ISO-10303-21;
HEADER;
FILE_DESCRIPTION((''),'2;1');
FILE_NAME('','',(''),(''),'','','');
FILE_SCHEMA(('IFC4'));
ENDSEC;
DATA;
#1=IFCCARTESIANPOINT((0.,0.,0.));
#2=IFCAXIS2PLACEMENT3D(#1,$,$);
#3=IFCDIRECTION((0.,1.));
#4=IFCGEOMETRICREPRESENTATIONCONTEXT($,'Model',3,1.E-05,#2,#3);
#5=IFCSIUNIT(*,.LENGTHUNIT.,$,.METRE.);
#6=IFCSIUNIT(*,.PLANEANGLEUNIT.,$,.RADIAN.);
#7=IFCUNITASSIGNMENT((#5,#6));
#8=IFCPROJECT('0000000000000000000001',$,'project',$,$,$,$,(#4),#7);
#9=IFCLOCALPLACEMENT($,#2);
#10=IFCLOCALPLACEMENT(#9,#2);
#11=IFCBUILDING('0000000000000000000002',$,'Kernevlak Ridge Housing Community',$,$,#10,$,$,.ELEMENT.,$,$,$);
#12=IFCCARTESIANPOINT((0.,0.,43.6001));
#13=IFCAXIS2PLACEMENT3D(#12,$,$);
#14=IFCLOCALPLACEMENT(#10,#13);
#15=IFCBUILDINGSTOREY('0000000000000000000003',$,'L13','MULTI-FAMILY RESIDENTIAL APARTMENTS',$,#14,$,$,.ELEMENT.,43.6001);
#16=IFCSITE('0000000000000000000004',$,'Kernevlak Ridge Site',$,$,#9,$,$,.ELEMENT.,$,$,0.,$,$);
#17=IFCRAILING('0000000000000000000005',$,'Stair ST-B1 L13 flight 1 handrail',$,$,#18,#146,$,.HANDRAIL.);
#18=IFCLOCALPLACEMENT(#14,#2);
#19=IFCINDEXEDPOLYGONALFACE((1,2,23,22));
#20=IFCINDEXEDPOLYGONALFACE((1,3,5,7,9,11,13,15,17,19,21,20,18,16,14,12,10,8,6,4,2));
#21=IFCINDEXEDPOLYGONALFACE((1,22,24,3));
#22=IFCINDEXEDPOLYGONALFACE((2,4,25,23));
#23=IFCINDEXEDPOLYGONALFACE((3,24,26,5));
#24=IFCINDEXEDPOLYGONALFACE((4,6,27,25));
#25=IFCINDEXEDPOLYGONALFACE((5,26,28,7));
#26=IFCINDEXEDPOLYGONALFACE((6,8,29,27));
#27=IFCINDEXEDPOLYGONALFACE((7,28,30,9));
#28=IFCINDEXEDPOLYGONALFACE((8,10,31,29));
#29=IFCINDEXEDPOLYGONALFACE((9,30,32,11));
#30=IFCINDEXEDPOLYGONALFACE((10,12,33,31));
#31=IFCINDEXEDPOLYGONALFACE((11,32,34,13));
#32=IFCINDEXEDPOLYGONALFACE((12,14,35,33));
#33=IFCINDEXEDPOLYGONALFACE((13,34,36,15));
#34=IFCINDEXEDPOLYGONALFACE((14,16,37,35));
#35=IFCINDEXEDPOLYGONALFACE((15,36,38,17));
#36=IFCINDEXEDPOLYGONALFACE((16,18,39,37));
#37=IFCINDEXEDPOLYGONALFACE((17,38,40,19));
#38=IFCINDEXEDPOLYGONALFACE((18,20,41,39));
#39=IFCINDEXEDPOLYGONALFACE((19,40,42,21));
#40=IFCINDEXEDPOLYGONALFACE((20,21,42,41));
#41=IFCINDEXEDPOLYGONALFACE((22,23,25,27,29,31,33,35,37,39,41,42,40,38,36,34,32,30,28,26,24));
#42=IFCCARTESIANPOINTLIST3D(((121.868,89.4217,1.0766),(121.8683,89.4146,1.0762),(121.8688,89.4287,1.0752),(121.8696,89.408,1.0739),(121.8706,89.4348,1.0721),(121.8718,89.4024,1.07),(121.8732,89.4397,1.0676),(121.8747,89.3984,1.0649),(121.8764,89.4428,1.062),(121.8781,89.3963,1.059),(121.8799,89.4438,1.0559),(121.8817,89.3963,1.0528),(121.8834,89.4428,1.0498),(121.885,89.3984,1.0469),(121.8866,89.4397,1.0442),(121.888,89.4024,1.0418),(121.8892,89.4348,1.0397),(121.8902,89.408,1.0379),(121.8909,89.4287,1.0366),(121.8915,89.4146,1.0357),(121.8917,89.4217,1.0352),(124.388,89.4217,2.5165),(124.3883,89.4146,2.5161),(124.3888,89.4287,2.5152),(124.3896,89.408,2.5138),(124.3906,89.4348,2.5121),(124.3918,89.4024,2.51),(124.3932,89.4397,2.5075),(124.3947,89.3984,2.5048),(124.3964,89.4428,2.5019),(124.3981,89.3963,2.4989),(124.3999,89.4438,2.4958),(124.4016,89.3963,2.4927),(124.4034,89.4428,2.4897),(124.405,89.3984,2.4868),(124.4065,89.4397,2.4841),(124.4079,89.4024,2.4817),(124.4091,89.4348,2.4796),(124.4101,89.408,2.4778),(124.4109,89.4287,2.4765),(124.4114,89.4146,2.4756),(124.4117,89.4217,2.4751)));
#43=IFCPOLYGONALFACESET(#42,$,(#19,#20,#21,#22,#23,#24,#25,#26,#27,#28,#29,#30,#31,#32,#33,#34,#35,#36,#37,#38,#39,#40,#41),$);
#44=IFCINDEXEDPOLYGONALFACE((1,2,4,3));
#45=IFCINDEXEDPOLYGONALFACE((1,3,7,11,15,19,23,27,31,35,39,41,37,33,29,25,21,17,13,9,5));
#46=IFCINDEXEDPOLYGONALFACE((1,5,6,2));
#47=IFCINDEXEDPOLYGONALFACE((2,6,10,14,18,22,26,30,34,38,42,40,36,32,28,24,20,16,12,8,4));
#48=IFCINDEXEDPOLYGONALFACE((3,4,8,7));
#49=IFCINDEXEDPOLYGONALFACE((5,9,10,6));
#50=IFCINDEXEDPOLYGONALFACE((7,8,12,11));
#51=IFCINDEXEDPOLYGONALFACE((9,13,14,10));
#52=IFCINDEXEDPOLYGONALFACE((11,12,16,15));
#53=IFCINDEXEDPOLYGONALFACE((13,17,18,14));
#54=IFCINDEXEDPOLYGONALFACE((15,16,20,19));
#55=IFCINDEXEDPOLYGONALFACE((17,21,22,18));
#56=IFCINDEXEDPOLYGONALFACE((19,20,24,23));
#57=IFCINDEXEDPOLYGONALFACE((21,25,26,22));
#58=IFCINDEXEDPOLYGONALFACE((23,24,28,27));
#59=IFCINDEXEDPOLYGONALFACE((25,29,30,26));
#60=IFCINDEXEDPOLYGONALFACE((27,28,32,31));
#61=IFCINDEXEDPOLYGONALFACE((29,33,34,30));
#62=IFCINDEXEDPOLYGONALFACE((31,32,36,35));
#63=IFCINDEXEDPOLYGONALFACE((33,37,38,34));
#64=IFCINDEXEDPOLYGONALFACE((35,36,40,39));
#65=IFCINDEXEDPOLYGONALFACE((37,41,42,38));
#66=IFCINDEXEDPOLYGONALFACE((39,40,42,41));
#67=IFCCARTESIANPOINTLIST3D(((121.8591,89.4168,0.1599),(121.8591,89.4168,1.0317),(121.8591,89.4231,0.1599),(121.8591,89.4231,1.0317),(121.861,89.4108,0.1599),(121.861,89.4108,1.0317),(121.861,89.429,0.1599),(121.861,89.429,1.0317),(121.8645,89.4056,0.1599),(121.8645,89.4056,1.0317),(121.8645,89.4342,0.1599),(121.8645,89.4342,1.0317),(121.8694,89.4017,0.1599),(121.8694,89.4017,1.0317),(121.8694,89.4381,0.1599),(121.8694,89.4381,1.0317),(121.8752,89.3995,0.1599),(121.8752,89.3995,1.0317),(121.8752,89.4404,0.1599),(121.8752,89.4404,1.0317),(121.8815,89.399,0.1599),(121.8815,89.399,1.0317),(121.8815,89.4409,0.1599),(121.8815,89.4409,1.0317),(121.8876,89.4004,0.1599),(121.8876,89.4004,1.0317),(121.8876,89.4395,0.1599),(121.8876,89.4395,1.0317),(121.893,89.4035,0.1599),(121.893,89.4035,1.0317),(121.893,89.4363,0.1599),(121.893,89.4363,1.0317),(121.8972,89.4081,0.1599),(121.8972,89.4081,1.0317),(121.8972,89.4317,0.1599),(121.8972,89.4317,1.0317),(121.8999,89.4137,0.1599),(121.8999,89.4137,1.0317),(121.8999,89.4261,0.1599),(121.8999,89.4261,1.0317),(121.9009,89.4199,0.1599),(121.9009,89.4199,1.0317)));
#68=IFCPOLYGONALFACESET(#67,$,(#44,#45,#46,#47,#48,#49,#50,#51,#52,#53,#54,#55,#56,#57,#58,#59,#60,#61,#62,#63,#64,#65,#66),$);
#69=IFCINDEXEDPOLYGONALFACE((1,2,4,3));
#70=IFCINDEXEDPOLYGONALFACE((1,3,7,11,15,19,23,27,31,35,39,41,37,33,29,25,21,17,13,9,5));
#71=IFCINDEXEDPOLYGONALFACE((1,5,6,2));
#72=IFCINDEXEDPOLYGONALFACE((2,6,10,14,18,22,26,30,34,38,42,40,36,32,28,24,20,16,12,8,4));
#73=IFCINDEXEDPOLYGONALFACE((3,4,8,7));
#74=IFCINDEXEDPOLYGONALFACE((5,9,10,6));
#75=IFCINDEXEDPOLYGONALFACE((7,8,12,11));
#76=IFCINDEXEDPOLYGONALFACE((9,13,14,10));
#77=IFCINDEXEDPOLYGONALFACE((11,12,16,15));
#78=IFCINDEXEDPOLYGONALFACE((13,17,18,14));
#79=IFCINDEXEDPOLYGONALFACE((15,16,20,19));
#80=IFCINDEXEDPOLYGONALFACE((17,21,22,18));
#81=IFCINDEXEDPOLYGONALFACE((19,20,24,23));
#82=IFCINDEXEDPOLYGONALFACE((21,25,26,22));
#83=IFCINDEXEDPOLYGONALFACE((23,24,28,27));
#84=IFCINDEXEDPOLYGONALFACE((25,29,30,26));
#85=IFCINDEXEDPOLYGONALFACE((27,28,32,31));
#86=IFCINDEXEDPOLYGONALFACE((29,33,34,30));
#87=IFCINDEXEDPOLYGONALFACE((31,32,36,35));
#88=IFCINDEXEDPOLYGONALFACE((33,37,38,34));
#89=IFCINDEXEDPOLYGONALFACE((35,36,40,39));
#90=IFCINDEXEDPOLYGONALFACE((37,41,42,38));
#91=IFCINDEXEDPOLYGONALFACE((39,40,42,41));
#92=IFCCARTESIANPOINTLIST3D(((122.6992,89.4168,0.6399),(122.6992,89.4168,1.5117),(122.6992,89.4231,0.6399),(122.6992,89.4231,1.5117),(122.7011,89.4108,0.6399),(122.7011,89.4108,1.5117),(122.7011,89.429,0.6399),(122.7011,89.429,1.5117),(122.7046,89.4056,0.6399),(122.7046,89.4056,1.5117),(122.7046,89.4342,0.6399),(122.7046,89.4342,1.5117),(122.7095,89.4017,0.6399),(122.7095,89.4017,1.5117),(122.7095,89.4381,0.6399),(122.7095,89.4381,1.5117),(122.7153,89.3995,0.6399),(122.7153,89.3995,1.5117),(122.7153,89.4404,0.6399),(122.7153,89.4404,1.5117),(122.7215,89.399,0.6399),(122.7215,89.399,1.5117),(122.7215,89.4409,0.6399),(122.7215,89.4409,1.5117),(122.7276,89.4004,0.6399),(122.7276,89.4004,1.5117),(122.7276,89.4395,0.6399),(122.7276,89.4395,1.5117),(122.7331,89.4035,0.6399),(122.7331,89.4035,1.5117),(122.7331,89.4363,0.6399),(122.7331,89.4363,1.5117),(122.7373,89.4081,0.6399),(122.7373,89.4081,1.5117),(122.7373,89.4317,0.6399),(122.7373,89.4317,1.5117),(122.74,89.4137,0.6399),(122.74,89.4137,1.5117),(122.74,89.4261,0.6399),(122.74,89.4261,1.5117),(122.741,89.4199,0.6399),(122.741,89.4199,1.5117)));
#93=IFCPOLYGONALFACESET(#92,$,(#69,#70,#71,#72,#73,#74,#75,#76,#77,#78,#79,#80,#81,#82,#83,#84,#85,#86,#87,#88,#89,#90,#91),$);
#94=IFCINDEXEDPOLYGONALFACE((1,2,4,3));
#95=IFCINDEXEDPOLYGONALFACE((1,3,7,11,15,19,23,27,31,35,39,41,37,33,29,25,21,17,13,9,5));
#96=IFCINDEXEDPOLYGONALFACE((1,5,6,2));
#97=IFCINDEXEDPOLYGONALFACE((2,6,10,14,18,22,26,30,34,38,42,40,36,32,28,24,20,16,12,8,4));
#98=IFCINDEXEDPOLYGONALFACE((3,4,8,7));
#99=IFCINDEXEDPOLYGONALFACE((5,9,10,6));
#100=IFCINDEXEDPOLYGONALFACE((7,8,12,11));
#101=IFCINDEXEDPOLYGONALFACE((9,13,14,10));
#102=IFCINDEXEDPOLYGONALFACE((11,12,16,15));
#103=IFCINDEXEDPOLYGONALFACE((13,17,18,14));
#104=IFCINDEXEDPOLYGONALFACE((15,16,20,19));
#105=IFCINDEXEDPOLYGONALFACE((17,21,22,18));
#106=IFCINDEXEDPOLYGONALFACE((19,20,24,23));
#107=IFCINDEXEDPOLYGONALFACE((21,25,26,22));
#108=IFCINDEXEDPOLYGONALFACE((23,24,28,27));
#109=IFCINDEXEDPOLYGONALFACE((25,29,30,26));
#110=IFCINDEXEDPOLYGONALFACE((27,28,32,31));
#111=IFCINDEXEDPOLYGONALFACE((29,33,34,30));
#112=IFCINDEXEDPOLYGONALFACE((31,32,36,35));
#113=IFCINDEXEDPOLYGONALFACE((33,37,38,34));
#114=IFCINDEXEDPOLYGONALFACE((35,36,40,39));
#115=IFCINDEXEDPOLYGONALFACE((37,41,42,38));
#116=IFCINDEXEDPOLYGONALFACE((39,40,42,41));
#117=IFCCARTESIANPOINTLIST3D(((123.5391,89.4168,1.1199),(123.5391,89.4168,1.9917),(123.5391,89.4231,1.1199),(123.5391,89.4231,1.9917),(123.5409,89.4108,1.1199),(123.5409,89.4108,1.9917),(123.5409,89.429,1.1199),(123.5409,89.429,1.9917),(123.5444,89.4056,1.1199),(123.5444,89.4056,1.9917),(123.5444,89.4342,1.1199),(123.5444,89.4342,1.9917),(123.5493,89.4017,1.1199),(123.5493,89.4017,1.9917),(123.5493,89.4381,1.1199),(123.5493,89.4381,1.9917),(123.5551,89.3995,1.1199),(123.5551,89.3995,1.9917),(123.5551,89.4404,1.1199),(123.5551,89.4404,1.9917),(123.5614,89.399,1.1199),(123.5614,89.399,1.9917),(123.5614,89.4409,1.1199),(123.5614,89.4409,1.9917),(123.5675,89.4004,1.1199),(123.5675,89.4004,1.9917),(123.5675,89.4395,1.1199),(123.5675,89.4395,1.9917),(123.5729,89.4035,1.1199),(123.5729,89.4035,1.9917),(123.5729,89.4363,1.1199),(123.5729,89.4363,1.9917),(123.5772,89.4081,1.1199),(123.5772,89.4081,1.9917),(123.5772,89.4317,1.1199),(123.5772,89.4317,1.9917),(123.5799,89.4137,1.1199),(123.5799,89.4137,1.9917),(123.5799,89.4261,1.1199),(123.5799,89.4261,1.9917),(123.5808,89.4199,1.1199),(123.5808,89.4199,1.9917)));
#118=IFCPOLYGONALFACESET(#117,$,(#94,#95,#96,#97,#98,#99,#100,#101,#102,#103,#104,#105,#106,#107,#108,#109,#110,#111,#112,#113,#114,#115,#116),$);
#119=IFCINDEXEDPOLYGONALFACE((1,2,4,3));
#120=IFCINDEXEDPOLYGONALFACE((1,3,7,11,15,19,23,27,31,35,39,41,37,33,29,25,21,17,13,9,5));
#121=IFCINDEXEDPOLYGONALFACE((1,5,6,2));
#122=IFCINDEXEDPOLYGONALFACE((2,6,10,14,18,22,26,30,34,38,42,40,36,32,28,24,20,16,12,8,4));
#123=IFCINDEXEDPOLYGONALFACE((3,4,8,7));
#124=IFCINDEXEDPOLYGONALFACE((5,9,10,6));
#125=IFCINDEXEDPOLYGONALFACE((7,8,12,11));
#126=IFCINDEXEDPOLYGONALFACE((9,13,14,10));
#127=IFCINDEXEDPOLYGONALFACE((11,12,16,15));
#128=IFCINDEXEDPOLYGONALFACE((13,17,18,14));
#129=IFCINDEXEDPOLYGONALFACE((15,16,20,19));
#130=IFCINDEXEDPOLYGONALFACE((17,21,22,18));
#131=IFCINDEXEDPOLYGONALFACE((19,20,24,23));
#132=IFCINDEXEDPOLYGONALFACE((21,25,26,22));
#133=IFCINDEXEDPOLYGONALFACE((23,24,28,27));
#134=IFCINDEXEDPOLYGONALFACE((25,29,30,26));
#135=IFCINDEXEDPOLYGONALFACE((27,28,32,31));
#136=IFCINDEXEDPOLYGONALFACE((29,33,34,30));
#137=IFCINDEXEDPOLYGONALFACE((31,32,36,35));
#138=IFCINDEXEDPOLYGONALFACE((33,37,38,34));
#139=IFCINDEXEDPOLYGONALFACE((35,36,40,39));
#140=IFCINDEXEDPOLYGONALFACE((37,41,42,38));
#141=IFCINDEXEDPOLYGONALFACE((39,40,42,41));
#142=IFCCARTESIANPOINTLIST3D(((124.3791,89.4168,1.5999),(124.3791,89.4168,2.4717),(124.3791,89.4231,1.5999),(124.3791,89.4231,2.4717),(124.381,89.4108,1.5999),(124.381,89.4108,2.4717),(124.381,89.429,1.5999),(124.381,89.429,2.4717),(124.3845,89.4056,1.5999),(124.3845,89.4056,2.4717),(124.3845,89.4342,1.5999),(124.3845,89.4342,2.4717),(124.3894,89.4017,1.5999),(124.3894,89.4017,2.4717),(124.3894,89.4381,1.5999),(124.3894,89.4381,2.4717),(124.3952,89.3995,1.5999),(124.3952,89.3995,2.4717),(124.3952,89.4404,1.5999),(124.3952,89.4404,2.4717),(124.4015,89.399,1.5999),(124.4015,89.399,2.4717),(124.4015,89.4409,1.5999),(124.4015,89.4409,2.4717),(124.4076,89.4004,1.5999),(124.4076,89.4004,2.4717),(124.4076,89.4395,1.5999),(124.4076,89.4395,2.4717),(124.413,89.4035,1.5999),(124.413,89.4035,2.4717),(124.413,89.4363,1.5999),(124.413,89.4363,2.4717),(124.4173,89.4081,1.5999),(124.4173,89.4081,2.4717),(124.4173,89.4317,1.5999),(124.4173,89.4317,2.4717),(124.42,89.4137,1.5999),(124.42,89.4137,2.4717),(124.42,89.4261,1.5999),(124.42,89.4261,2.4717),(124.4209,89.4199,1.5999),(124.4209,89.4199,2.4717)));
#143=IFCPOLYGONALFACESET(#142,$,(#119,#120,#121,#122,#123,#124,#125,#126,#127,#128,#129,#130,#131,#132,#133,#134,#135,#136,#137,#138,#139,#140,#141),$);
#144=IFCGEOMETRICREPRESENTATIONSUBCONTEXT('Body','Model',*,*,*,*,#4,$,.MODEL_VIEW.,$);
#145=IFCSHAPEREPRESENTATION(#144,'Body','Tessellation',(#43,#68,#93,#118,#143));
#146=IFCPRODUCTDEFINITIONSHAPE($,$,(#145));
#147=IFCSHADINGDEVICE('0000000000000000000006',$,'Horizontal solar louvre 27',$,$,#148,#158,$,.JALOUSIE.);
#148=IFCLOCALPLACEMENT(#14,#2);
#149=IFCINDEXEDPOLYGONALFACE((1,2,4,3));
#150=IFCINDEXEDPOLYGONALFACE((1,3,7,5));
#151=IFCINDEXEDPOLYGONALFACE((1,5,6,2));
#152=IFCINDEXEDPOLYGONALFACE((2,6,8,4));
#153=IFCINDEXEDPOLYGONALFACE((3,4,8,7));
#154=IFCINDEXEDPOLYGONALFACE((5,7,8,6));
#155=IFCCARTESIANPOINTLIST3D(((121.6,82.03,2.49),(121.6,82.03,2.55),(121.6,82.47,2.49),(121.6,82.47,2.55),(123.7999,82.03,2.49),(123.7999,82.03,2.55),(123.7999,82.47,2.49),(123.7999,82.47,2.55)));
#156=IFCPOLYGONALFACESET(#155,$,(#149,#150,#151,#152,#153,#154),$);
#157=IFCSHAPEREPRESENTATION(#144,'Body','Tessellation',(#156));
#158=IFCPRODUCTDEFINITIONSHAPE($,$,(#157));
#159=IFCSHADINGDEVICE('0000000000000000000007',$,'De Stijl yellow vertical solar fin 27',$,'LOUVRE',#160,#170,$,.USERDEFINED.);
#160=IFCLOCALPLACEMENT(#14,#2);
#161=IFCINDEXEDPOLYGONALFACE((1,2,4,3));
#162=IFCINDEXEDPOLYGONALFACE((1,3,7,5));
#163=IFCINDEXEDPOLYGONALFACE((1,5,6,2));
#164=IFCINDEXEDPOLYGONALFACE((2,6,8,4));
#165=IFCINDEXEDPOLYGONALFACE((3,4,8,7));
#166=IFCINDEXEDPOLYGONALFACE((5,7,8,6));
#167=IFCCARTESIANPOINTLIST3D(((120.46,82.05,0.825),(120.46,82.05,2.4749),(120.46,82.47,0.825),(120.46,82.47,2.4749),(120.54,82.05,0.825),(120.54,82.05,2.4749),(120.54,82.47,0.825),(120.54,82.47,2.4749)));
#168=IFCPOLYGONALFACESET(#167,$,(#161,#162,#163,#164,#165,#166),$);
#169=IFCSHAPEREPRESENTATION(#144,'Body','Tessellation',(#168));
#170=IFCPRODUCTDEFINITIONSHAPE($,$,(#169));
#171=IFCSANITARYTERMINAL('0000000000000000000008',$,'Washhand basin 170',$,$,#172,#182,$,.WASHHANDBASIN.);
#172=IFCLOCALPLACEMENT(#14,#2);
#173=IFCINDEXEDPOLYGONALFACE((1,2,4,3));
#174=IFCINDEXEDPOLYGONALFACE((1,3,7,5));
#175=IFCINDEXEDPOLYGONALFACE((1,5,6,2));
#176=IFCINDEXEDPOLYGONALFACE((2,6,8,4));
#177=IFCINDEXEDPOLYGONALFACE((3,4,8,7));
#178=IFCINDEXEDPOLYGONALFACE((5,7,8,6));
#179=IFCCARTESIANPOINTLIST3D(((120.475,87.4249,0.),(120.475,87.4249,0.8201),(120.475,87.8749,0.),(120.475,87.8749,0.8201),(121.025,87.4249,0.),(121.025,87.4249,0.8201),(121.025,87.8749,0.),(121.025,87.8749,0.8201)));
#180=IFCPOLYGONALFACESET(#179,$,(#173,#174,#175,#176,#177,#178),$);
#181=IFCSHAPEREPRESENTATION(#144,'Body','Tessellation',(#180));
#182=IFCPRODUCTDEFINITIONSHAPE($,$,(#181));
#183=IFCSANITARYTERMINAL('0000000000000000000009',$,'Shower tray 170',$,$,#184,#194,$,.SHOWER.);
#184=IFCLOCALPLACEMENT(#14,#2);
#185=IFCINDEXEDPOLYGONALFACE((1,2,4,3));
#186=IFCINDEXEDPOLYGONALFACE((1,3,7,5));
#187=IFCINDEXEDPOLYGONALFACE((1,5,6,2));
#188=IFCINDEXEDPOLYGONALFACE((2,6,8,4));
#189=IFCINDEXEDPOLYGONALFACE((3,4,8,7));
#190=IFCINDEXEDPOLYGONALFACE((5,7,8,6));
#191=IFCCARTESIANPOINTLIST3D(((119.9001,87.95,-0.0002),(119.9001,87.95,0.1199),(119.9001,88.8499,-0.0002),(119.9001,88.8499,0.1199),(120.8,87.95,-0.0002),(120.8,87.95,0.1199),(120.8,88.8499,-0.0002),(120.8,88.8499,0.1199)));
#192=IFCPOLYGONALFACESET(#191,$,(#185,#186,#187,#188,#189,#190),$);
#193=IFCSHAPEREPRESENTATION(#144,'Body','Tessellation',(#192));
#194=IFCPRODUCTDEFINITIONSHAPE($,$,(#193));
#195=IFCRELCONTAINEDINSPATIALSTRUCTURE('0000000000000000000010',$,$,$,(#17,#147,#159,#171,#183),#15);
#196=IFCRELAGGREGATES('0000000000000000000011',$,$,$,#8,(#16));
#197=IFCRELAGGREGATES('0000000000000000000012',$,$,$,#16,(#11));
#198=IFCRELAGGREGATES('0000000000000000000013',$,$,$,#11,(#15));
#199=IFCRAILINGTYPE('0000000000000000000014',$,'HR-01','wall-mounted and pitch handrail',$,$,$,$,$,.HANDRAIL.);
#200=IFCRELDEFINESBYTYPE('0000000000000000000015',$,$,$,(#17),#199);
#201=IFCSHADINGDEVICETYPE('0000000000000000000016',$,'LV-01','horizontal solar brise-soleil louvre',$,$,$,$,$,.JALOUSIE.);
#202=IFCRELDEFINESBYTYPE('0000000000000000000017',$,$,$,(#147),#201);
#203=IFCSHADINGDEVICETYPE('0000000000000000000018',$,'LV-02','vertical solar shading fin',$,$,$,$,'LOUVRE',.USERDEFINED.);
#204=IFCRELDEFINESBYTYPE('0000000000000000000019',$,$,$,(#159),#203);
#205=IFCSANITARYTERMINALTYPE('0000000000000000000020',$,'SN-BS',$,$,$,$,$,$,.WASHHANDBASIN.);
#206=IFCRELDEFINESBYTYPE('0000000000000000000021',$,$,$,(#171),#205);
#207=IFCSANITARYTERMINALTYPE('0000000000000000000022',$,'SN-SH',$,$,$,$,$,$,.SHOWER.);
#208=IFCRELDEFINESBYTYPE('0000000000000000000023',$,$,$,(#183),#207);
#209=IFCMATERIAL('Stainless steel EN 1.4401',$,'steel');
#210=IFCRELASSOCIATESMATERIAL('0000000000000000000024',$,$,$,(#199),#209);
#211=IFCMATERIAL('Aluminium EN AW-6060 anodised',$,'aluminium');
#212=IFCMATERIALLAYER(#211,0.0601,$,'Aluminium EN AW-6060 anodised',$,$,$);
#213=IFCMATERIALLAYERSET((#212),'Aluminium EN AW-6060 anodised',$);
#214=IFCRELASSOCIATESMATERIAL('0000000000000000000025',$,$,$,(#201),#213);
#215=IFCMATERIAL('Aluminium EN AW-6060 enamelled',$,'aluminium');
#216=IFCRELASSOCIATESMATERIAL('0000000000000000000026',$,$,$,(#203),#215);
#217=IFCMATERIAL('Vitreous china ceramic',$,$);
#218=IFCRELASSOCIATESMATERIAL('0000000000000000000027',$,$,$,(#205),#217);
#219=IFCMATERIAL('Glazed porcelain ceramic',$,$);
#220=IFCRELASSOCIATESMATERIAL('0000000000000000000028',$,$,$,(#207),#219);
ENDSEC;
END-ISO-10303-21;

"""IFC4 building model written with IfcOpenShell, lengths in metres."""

from ifc_helpers import new_model, si_unit, direction, frame, origin, origin_2d, place, context, subcontext, project, spatial, rectangle, circle, extrude, material, layer, layer_set, type_object, element, save


model = new_model("IFC4")

# Units and contexts
model_context = context("Model", 3, precision=1e-05, world=origin(), true_north=direction((0.0, 1.0)))
body_context = subcontext(model_context, "Body", "Model", "MODEL_VIEW")
ifc_project = project(units=[si_unit("LENGTHUNIT", "METRE"), si_unit("PLANEANGLEUNIT", "RADIAN")], contexts=[model_context])

# Site, building, storey
site_placement = place(None, origin())
site = spatial("IfcSite", under=ifc_project, at=site_placement, Name="Kernevlak Ridge Site", CompositionType="ELEMENT", RefElevation=0.0)
building_placement = place(site_placement, origin())
building = spatial("IfcBuilding", under=site, at=building_placement, Name="Kernevlak Ridge Housing Community", CompositionType="ELEMENT")
storey_placement = place(building_placement, frame((0.0, 0.0, 43.6001)))
storey = spatial("IfcBuildingStorey", under=building, at=storey_placement, Name="L13", Description="MULTI-FAMILY RESIDENTIAL APARTMENTS", CompositionType="ELEMENT", Elevation=43.6001)

# Railing
ifc_material_1 = material(Name="Stainless steel EN 1.4401", Category="steel")
railing_type_1 = type_object("IfcRailingType", Name="HR-01", Description="wall-mounted and pitch handrail", PredefinedType="HANDRAIL", material=ifc_material_1)
railing_1_placement = place(storey_placement, frame((121.8799, 89.4199, 0.1599)))
element("IfcRailing", 1, at=railing_1_placement, inside=storey, type_object=railing_type_1, Name="Stair ST-B1 L13 flight 1 handrail", PredefinedType="HANDRAIL", context=body_context, shape_type="SweptSolid", body=[
    extrude(circle(Radius=0.0239, at=origin_2d()), frame((0.0, 0.0, 0.896), z_axis=(0.868253, 0.0, 0.496121), x_axis=(0.0, 1.0, 0.0)), (0.0, 0.0, 1.0), 2.9023),
    extrude(circle(Radius=0.021, at=origin_2d()), origin(), (0.0, 0.0, 1.0), 0.8718),
    extrude(circle(Radius=0.021, at=origin_2d()), frame((0.8401, 0.0, 0.48)), (0.0, 0.0, 1.0), 0.8718),
    extrude(circle(Radius=0.021, at=origin_2d()), frame((1.6799, 0.0, 0.96)), (0.0, 0.0, 1.0), 0.8718),
    extrude(circle(Radius=0.021, at=origin_2d()), frame((2.52, 0.0, 1.4399)), (0.0, 0.0, 1.0), 0.8718),
])

# Shading devices
ifc_material_2 = material(Name="Aluminium EN AW-6060 anodised", Category="aluminium")
ifc_layer_1 = layer(ifc_material_2, 0.0601, Name="Aluminium EN AW-6060 anodised")
ifc_layer_set_1 = layer_set([ifc_layer_1], Name="Aluminium EN AW-6060 anodised")
shading_device_type_1 = type_object("IfcShadingDeviceType", Name="LV-01", Description="horizontal solar brise-soleil louvre", PredefinedType="JALOUSIE", material=ifc_layer_set_1)
shading_device_1_placement = place(storey_placement, frame((122.7, 82.25, 2.49), z_axis=(0.0, 0.0, 1.0), x_axis=(1.0, 0.0, 0.0)))
element("IfcShadingDevice", 2, at=shading_device_1_placement, inside=storey, type_object=shading_device_type_1, Name="Horizontal solar louvre 27", PredefinedType="JALOUSIE", context=body_context, shape_type="SweptSolid", body=[
    extrude(rectangle(XDim=2.2, YDim=0.4399, at=origin_2d()), origin(), (0.0, 0.0, 1.0), 0.0601),
])
ifc_material_3 = material(Name="Aluminium EN AW-6060 enamelled", Category="aluminium")
shading_device_type_2 = type_object("IfcShadingDeviceType", Name="LV-02", Description="vertical solar shading fin", ElementType="LOUVRE", PredefinedType="USERDEFINED", material=ifc_material_3)
shading_device_2_placement = place(storey_placement, frame((120.5, 82.26, 0.825), z_axis=(0.0, 0.0, 1.0), x_axis=(1.0, 0.0, 0.0)))
element("IfcShadingDevice", 3, at=shading_device_2_placement, inside=storey, type_object=shading_device_type_2, Name="De Stijl yellow vertical solar fin 27", ObjectType="LOUVRE", PredefinedType="USERDEFINED", context=body_context, shape_type="SweptSolid", body=[
    extrude(rectangle(XDim=0.0801, YDim=0.4199, at=origin_2d()), origin(), (0.0, 0.0, 1.0), 1.6499),
])

# Sanitary terminals
ifc_material_4 = material(Name="Vitreous china ceramic")
sanitary_terminal_type_1 = type_object("IfcSanitaryTerminalType", Name="SN-BS", PredefinedType="WASHHANDBASIN", material=ifc_material_4)
sanitary_terminal_1_placement = place(storey_placement, frame((120.75, 87.6499, 0.0), z_axis=(0.0, 0.0, 1.0), x_axis=(1.0, 0.0, 0.0)))
element("IfcSanitaryTerminal", 4, at=sanitary_terminal_1_placement, inside=storey, type_object=sanitary_terminal_type_1, Name="Washhand basin 170", PredefinedType="WASHHANDBASIN", context=body_context, shape_type="SweptSolid", body=[
    extrude(rectangle(XDim=0.55, YDim=0.45, at=origin_2d()), origin(), (0.0, 0.0, 1.0), 0.8201),
])
ifc_material_5 = material(Name="Glazed porcelain ceramic")
sanitary_terminal_type_2 = type_object("IfcSanitaryTerminalType", Name="SN-SH", PredefinedType="SHOWER", material=ifc_material_5)
sanitary_terminal_2_placement = place(storey_placement, frame((120.3501, 88.3999, -0.0002), z_axis=(0.0, 0.0, 1.0), x_axis=(1.0, 0.0, 0.0)))
element("IfcSanitaryTerminal", 5, at=sanitary_terminal_2_placement, inside=storey, type_object=sanitary_terminal_type_2, Name="Shower tray 170", PredefinedType="SHOWER", context=body_context, shape_type="SweptSolid", body=[
    extrude(rectangle(XDim=0.8999, YDim=0.8999, at=origin_2d()), origin(), (0.0, 0.0, 1.0), 0.1201),
])

save(model, "model.ifc")
